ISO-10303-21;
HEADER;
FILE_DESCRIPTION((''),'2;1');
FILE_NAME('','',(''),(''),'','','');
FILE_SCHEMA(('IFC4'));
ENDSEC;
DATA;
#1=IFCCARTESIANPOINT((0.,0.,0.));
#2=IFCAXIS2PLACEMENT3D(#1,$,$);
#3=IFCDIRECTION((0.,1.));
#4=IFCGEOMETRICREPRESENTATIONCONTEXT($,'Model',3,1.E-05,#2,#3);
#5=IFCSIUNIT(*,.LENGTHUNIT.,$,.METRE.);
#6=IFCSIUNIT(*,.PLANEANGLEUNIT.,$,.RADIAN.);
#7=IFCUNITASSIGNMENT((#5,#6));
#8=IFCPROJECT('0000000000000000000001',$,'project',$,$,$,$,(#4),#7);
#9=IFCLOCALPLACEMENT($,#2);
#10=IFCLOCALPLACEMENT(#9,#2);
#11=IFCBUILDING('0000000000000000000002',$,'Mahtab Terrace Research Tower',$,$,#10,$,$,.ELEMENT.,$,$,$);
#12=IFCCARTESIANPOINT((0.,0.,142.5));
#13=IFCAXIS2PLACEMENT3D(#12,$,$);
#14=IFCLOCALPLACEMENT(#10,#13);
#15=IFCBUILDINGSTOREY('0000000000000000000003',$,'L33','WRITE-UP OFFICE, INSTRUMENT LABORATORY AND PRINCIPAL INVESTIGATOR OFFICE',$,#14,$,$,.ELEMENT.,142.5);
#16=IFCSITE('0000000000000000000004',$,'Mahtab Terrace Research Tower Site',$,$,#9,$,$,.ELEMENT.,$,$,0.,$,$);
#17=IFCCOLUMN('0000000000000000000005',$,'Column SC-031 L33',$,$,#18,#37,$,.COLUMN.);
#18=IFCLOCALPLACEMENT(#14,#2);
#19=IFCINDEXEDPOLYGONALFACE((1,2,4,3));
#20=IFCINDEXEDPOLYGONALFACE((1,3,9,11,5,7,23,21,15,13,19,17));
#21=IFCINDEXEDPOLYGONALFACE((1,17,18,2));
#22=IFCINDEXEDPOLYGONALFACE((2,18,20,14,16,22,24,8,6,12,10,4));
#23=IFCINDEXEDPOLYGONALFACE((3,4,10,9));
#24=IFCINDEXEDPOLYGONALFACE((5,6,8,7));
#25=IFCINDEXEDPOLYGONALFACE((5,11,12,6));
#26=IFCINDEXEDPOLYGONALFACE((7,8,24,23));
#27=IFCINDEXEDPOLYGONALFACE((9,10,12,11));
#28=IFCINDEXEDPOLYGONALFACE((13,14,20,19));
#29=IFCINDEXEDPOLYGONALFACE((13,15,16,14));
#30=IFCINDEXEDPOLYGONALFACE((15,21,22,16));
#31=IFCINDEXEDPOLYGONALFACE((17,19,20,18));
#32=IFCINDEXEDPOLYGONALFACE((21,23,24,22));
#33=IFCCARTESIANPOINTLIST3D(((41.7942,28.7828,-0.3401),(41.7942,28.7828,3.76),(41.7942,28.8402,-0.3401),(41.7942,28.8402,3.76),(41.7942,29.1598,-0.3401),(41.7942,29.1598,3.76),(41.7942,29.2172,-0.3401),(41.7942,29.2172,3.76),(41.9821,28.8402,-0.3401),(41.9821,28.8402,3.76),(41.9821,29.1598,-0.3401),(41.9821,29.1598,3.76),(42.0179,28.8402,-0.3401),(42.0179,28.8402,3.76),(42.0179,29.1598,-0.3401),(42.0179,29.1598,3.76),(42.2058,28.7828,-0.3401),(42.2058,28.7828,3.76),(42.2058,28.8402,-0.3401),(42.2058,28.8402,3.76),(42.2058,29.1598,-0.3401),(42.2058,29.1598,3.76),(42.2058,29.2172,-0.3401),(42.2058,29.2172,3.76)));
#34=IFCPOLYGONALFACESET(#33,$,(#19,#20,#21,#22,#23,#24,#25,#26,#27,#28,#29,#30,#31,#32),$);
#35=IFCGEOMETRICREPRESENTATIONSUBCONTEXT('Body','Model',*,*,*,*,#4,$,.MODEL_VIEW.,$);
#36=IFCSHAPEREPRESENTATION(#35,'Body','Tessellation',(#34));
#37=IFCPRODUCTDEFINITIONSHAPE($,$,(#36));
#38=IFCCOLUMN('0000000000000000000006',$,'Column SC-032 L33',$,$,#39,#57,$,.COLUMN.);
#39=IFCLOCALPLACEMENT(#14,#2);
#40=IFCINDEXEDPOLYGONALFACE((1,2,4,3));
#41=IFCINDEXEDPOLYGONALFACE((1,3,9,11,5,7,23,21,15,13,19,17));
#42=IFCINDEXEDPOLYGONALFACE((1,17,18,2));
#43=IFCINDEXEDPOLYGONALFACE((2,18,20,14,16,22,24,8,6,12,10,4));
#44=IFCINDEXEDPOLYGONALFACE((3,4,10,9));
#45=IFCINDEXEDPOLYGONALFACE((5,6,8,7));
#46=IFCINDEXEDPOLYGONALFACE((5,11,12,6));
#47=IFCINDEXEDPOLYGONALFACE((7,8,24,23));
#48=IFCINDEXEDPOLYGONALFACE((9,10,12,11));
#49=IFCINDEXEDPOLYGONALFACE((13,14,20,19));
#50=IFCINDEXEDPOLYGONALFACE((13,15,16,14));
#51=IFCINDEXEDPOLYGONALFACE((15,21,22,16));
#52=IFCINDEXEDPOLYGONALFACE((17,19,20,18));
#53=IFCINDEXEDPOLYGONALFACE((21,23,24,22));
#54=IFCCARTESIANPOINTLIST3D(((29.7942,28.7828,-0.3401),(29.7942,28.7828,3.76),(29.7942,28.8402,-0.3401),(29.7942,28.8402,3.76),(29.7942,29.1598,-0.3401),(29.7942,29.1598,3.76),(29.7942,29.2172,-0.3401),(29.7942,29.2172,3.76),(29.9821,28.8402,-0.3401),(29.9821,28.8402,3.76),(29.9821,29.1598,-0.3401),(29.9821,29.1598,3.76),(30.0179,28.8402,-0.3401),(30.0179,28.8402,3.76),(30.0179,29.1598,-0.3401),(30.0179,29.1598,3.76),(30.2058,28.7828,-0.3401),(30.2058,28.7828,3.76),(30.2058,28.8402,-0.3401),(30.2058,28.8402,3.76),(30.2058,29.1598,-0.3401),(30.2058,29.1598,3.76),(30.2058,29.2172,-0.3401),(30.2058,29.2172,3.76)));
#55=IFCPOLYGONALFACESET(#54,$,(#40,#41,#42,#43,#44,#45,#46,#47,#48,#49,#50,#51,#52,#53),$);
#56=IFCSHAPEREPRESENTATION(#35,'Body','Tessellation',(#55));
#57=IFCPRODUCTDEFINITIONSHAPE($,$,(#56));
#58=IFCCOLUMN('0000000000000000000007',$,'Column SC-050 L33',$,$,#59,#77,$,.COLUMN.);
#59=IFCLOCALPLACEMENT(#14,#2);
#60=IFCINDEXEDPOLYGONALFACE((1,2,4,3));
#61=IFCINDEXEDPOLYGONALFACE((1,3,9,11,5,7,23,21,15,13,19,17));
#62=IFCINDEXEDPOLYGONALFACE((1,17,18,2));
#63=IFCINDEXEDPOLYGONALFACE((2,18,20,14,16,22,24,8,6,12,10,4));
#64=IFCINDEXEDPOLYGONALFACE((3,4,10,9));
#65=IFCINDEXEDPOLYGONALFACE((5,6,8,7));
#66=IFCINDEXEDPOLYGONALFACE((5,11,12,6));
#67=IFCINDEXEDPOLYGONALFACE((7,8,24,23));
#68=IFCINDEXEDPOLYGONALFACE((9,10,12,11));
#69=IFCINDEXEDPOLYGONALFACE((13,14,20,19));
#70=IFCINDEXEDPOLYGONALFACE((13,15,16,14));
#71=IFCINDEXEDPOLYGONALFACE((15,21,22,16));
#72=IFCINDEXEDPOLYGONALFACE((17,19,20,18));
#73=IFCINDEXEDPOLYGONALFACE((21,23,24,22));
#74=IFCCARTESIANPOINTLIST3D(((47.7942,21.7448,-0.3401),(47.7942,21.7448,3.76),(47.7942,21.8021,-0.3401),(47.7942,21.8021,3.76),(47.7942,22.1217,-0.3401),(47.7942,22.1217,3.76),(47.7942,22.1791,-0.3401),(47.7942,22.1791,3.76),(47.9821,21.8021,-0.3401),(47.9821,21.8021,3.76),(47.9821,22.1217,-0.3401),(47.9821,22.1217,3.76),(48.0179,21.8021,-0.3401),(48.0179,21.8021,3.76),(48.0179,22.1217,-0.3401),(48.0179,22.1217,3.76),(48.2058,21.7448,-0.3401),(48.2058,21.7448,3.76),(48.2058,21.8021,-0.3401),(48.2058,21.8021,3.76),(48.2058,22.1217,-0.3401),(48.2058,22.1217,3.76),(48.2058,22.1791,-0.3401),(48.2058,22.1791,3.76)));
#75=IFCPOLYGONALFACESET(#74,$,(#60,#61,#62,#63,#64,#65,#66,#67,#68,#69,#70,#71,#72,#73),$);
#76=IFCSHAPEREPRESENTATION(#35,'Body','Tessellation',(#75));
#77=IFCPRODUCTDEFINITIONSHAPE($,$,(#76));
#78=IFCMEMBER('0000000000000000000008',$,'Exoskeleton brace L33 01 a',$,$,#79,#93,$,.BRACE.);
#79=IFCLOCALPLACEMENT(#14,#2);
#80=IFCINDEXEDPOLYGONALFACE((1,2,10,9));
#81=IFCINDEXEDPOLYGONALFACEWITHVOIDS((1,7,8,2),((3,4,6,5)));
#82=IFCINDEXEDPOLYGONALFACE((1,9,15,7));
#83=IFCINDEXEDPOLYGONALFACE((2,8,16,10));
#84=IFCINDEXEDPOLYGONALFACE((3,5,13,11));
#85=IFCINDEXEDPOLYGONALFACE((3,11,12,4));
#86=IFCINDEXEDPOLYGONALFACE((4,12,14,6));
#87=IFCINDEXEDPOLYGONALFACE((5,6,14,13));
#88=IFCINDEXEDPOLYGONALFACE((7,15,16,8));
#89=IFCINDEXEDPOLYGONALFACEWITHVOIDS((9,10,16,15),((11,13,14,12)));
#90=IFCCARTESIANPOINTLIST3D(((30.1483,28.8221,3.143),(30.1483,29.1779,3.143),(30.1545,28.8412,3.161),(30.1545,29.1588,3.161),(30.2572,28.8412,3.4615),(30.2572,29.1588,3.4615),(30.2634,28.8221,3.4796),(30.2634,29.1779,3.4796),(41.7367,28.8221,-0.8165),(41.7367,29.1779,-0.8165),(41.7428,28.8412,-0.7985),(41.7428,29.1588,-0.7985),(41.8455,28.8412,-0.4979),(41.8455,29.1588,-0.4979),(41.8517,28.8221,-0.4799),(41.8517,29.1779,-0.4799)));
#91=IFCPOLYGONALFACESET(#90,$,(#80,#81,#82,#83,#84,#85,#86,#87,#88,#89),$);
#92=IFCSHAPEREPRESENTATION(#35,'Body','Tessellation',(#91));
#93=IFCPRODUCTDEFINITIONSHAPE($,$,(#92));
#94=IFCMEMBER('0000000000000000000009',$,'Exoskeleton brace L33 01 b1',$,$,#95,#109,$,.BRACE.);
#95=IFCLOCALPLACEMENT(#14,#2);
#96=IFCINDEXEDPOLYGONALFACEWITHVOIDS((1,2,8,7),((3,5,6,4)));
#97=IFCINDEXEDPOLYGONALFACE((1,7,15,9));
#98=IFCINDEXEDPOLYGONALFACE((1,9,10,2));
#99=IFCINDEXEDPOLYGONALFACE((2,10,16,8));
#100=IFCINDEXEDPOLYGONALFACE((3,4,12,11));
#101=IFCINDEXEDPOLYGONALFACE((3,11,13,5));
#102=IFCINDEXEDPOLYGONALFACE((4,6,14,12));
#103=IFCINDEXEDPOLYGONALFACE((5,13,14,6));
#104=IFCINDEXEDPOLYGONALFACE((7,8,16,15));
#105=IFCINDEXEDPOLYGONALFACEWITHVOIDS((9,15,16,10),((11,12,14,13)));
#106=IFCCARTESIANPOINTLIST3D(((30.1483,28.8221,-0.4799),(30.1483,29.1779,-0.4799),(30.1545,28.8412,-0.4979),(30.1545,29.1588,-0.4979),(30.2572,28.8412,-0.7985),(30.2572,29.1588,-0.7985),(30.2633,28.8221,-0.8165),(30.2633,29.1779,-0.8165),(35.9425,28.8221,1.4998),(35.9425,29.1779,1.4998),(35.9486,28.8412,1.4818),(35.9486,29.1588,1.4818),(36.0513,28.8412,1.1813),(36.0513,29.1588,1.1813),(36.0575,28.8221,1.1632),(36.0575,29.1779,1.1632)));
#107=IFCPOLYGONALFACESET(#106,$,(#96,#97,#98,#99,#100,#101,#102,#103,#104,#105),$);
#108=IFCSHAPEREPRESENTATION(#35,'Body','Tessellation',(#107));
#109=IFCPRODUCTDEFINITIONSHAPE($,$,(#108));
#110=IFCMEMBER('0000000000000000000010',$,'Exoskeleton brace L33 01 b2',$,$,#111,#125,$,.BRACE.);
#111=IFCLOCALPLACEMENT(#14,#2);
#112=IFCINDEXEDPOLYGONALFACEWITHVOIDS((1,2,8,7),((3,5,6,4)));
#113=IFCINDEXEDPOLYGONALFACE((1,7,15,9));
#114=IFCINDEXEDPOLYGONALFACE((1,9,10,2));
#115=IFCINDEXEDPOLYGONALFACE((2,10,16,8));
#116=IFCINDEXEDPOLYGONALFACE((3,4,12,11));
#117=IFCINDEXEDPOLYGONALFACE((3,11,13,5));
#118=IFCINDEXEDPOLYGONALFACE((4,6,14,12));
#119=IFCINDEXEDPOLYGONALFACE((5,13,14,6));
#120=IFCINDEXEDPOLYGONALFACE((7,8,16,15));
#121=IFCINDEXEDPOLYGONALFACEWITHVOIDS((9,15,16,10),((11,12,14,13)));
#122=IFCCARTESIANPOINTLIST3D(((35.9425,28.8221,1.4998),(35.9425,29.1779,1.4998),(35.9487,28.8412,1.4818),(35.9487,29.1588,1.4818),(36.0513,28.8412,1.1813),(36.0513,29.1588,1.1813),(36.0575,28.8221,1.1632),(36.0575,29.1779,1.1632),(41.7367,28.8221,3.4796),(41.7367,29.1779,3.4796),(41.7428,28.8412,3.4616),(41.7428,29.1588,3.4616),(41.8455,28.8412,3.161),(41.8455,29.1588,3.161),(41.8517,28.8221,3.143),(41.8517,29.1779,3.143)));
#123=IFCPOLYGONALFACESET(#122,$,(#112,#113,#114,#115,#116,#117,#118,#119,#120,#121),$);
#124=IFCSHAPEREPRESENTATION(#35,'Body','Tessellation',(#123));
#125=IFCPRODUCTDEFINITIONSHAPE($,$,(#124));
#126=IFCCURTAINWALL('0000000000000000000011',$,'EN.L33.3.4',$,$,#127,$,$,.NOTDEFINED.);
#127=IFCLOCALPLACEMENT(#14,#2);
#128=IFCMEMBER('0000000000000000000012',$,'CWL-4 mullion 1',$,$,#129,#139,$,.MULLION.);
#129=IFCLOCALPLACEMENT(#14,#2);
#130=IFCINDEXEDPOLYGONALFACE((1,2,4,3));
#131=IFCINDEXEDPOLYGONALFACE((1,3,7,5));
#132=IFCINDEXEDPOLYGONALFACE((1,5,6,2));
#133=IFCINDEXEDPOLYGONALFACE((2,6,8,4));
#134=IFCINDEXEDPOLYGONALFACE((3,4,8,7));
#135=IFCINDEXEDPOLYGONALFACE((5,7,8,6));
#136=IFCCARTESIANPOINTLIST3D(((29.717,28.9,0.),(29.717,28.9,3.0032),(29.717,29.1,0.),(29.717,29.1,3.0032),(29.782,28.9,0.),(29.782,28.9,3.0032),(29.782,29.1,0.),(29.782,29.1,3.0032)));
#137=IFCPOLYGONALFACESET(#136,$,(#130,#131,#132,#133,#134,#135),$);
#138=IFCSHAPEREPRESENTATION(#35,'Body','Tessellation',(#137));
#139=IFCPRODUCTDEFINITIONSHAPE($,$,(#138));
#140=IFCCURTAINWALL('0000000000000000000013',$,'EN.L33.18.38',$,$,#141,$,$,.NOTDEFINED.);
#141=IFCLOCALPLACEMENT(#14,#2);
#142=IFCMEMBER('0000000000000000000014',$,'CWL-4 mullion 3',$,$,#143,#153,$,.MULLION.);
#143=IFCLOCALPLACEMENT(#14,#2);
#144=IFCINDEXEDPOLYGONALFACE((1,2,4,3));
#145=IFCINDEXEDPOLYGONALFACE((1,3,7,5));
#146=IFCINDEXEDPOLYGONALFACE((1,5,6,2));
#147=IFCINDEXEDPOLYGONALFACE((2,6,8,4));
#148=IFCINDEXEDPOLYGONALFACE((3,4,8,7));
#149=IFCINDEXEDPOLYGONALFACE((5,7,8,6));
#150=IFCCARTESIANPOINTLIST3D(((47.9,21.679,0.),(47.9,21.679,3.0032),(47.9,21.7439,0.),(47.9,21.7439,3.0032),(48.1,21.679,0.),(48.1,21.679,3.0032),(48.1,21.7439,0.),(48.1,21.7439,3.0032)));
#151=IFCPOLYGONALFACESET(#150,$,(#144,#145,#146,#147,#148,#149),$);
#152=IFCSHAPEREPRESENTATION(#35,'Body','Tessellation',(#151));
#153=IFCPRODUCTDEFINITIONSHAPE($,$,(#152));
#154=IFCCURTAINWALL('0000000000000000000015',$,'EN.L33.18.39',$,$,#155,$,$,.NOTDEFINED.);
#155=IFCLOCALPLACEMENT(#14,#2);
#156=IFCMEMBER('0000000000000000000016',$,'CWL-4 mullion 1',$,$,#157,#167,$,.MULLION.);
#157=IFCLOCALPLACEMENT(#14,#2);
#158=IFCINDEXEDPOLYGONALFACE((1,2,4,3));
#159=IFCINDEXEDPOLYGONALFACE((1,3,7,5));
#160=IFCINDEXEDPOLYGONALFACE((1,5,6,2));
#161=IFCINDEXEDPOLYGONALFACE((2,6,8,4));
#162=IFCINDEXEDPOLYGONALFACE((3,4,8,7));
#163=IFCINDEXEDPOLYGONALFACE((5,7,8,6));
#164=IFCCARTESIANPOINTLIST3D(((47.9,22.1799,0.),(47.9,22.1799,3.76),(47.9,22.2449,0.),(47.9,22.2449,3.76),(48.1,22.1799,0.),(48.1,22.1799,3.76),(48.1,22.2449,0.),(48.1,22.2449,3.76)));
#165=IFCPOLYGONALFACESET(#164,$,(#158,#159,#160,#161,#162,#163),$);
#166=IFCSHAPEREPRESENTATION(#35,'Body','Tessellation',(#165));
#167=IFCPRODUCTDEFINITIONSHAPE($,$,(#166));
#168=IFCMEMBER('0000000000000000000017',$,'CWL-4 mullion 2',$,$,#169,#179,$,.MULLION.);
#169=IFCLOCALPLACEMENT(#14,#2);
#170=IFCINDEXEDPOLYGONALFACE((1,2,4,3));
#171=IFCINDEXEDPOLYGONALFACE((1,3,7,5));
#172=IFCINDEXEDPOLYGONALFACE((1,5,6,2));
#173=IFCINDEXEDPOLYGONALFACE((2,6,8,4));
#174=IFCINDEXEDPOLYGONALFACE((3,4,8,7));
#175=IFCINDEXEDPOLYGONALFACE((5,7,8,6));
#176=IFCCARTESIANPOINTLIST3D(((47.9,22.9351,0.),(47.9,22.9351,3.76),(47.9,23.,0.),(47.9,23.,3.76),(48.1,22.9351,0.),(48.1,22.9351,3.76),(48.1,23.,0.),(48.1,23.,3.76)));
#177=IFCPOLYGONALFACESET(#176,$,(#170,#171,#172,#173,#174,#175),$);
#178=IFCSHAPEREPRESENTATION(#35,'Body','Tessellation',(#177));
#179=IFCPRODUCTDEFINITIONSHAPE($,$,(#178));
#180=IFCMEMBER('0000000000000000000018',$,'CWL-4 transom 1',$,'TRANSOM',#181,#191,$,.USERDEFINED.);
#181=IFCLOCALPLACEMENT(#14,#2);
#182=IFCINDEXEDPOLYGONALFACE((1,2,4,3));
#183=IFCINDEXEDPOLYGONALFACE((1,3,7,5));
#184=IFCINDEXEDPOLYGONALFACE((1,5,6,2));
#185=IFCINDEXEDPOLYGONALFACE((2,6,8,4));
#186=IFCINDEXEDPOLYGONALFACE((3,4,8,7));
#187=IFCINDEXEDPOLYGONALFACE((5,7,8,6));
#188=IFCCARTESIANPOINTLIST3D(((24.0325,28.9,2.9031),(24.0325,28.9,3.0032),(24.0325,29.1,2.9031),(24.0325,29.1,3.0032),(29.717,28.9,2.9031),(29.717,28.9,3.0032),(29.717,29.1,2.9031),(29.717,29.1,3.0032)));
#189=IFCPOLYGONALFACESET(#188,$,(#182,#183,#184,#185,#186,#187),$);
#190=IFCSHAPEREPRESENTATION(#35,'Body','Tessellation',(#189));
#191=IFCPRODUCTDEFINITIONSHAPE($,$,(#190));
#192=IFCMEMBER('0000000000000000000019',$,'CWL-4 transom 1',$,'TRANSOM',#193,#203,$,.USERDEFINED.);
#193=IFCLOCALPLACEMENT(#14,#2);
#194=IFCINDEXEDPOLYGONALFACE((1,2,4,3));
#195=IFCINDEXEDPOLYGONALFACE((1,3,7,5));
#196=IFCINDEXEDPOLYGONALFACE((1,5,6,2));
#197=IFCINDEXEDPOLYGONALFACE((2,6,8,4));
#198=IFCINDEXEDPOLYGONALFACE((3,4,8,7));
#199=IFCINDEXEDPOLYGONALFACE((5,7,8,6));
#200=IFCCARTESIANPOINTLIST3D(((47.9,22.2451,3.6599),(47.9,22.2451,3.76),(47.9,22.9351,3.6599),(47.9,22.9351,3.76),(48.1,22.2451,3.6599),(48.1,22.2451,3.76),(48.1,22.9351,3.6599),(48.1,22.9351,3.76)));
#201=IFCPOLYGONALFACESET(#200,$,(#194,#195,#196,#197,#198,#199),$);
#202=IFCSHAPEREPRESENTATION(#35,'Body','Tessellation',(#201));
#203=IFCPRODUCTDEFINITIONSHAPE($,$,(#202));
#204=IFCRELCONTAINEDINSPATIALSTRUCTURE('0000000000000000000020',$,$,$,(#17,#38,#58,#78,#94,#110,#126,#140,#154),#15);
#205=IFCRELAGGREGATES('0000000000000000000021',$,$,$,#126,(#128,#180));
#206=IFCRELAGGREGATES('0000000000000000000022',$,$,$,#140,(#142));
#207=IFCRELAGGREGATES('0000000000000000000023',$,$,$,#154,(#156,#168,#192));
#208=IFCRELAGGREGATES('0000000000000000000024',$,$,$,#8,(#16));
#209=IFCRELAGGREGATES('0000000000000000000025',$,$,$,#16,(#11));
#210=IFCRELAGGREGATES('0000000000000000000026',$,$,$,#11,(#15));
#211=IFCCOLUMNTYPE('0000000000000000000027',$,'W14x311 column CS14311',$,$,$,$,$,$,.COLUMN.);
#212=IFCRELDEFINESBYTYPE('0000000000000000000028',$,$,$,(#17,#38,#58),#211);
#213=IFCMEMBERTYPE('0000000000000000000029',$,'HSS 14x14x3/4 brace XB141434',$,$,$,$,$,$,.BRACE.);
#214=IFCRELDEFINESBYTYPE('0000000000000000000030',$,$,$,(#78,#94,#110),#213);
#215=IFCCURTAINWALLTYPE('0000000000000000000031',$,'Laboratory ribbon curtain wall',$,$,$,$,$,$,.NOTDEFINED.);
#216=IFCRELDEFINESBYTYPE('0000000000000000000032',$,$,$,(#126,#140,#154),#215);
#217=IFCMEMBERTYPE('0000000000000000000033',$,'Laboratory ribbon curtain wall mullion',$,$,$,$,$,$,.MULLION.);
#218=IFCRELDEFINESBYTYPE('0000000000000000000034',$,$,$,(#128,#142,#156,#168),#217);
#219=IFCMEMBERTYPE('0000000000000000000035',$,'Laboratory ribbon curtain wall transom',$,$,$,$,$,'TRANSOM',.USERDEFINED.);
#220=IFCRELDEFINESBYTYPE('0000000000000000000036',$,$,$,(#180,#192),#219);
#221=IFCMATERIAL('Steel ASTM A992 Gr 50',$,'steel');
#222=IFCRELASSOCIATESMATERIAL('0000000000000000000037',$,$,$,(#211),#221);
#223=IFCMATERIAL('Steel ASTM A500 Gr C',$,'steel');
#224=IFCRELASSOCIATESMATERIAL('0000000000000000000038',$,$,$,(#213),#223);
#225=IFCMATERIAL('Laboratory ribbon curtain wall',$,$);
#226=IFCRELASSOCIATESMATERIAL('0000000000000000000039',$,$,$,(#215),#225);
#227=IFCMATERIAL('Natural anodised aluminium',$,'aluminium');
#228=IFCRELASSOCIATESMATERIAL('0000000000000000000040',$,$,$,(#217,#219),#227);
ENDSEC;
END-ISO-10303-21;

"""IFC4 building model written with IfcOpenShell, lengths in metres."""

from ifc_helpers import new_model, si_unit, direction, frame, origin, origin_2d, place, context, subcontext, project, spatial, rectangle, hollow_rectangle, i_section, extrude, material, material_profile, profile_set, type_object, element, aggregate, save


model = new_model("IFC4")

# Units and contexts
model_context = context("Model", 3, precision=1e-05, world=origin(), true_north=direction((0.0, 1.0)))
body_context = subcontext(model_context, "Body", "Model", "MODEL_VIEW")
ifc_project = project(units=[si_unit("LENGTHUNIT", "METRE"), si_unit("PLANEANGLEUNIT", "RADIAN")], contexts=[model_context])

# Site, building, storey
site_placement = place(None, origin())
site = spatial("IfcSite", under=ifc_project, at=site_placement, Name="Mahtab Terrace Research Tower Site", CompositionType="ELEMENT", RefElevation=0.0)
building_placement = place(site_placement, origin())
building = spatial("IfcBuilding", under=site, at=building_placement, Name="Mahtab Terrace Research Tower", CompositionType="ELEMENT")
storey_placement = place(building_placement, frame((0.0, 0.0, 142.5)))
storey = spatial("IfcBuildingStorey", under=building, at=storey_placement, Name="L33", Description="WRITE-UP OFFICE, INSTRUMENT LABORATORY AND PRINCIPAL INVESTIGATOR OFFICE", CompositionType="ELEMENT", Elevation=142.5)

# Columns
ifc_material_1 = material(Name="Steel ASTM A992 Gr 50", Category="steel")
ifc_material_profile_1 = material_profile(ifc_material_1, i_section(OverallWidth=0.4116, OverallDepth=0.4343, WebThickness=0.0359, FlangeThickness=0.0574, at=origin_2d()), Name="W14X311")
ifc_profile_set_1 = profile_set([ifc_material_profile_1], Name="Steel ASTM A992 Gr 50")
column_type = type_object("IfcColumnType", Name="W14x311 column CS14311", PredefinedType="COLUMN", material=ifc_profile_set_1)
for number, where, z_axis, x_axis, name in (
    (1, (42.0, 29.0, -0.3401), (0.0, 0.0, 1.0), (1.0, 0.0, 0.0), "Column SC-031 L33"),
    (2, (30.0, 29.0, -0.3401), (0.0, 0.0, 1.0), (1.0, 0.0, 0.0), "Column SC-032 L33"),
    (3, (48.0, 21.9619, -0.3401), (0.0, 0.0, 1.0), (1.0, 0.0, 0.0), "Column SC-050 L33"),
):
    element("IfcColumn", number, at=place(storey_placement, frame(where, z_axis=z_axis, x_axis=x_axis)), inside=storey, type_object=column_type, Name=name, PredefinedType="COLUMN", context=body_context, shape_type="SweptSolid", body=[
        extrude(i_section(OverallWidth=0.4116, OverallDepth=0.4343, WebThickness=0.0359, FlangeThickness=0.0574, at=origin_2d()), origin(), (0.0, 0.0, 1.0), 4.1001),
    ])

# Members
ifc_material_2 = material(Name="Steel ASTM A500 Gr C", Category="steel")
ifc_material_profile_2 = material_profile(ifc_material_2, hollow_rectangle(XDim=0.3557, YDim=0.3557, WallThickness=0.019, at=origin_2d()), Name="HSS14X14X3/4")
ifc_profile_set_2 = profile_set([ifc_material_profile_2], Name="Steel ASTM A500 Gr C")
member_type_1 = type_object("IfcMemberType", Name="HSS 14x14x3/4 brace XB141434", PredefinedType="BRACE", material=ifc_profile_set_2)
member_1_placement = place(storey_placement, frame((41.7942, 29.0, -0.6482), z_axis=(-0.946288, 0.0, 0.323324), x_axis=(0.0, -1.0, 0.0)))
element("IfcMember", 4, at=member_1_placement, inside=storey, type_object=member_type_1, Name="Exoskeleton brace L33 01 a", PredefinedType="BRACE", context=body_context, shape_type="SweptSolid", body=[
    extrude(hollow_rectangle(XDim=0.3557, YDim=0.3557, WallThickness=0.019, at=origin_2d()), origin(), (0.0, 0.0, 1.0), 12.2461),
])
for number, where, z_axis, x_axis, name in (
    (5, (30.2058, 29.0, -0.6482), (0.946288, 0.0, 0.323324), (0.0, 1.0, 0.0), "Exoskeleton brace L33 01 b1"),
    (6, (36.0, 29.0, 1.3315), (0.946288, 0.0, 0.323324), (0.0, 1.0, 0.0), "Exoskeleton brace L33 01 b2"),
):
    element("IfcMember", number, at=place(storey_placement, frame(where, z_axis=z_axis, x_axis=x_axis)), inside=storey, type_object=member_type_1, Name=name, PredefinedType="BRACE", context=body_context, shape_type="SweptSolid", body=[
        extrude(hollow_rectangle(XDim=0.3557, YDim=0.3557, WallThickness=0.019, at=origin_2d()), origin(), (0.0, 0.0, 1.0), 6.123),
    ])

# Curtain walls, members
ifc_material_3 = material(Name="Laboratory ribbon curtain wall")
curtain_wall_type = type_object("IfcCurtainWallType", Name="Laboratory ribbon curtain wall", PredefinedType="NOTDEFINED", material=ifc_material_3)
curtain_wall_1_placement = place(storey_placement, origin())
curtain_wall_1 = element("IfcCurtainWall", 7, at=curtain_wall_1_placement, inside=storey, type_object=curtain_wall_type, Name="EN.L33.3.4", PredefinedType="NOTDEFINED")
ifc_material_4 = material(Name="Natural anodised aluminium", Category="aluminium")
ifc_material_profile_3 = material_profile(ifc_material_4, rectangle(XDim=0.2, YDim=0.0649, at=origin_2d()), Name="MULLION 65x200")
ifc_profile_set_3 = profile_set([ifc_material_profile_3], Name="Natural anodised aluminium")
member_type_2 = type_object("IfcMemberType", Name="Laboratory ribbon curtain wall mullion", PredefinedType="MULLION", material=ifc_profile_set_3)
member_2_placement = place(storey_placement, frame((29.7495, 29.0, 0.0), z_axis=(0.0, 0.0, 1.0), x_axis=(0.0, -1.0, 0.0)))
member_2 = element("IfcMember", 8, at=member_2_placement, type_object=member_type_2, Name="CWL-4 mullion 1", PredefinedType="MULLION", context=body_context, shape_type="SweptSolid", body=[
    extrude(rectangle(XDim=0.2, YDim=0.0649, at=origin_2d()), origin(), (0.0, 0.0, 1.0), 3.0032),
])
curtain_wall_2_placement = place(storey_placement, origin())
curtain_wall_2 = element("IfcCurtainWall", 9, at=curtain_wall_2_placement, inside=storey, type_object=curtain_wall_type, Name="EN.L33.18.38", PredefinedType="NOTDEFINED")
member_3_placement = place(storey_placement, frame((48.0, 21.7114, 0.0), z_axis=(0.0, 0.0, 1.0), x_axis=(-1.0, 0.0, 0.0)))
member_3 = element("IfcMember", 10, at=member_3_placement, type_object=member_type_2, Name="CWL-4 mullion 3", PredefinedType="MULLION", context=body_context, shape_type="SweptSolid", body=[
    extrude(rectangle(XDim=0.2, YDim=0.0649, at=origin_2d()), origin(), (0.0, 0.0, 1.0), 3.0032),
])

# Curtain wall, members
curtain_wall_3_placement = place(storey_placement, origin())
curtain_wall_3 = element("IfcCurtainWall", 11, at=curtain_wall_3_placement, inside=storey, type_object=curtain_wall_type, Name="EN.L33.18.39", PredefinedType="NOTDEFINED")
member_4_placement = place(storey_placement, frame((48.0, 22.2124, 0.0), z_axis=(0.0, 0.0, 1.0), x_axis=(-1.0, 0.0, 0.0)))
member_4 = element("IfcMember", 12, at=member_4_placement, type_object=member_type_2, Name="CWL-4 mullion 1", PredefinedType="MULLION", context=body_context, shape_type="SweptSolid", body=[
    extrude(rectangle(XDim=0.2, YDim=0.0649, at=origin_2d()), origin(), (0.0, 0.0, 1.0), 3.76),
])
member_5_placement = place(storey_placement, frame((48.0, 22.9675, 0.0), z_axis=(0.0, 0.0, 1.0), x_axis=(-1.0, 0.0, 0.0)))
member_5 = element("IfcMember", 13, at=member_5_placement, type_object=member_type_2, Name="CWL-4 mullion 2", PredefinedType="MULLION", context=body_context, shape_type="SweptSolid", body=[
    extrude(rectangle(XDim=0.2, YDim=0.0649, at=origin_2d()), origin(), (0.0, 0.0, 1.0), 3.76),
])

# Members
ifc_material_profile_4 = material_profile(ifc_material_4, rectangle(XDim=0.2, YDim=0.1001, at=origin_2d()), Name="TRANSOM 100x200")
ifc_profile_set_4 = profile_set([ifc_material_profile_4], Name="Natural anodised aluminium")
member_type_3 = type_object("IfcMemberType", Name="Laboratory ribbon curtain wall transom", ElementType="TRANSOM", PredefinedType="USERDEFINED", material=ifc_profile_set_4)
member_6_placement = place(storey_placement, frame((29.717, 29.0, 2.9531), z_axis=(-1.0, 0.0, 0.0), x_axis=(0.0, -1.0, 0.0)))
member_6 = element("IfcMember", 14, at=member_6_placement, type_object=member_type_3, Name="CWL-4 transom 1", ObjectType="TRANSOM", PredefinedType="USERDEFINED", context=body_context, shape_type="SweptSolid", body=[
    extrude(rectangle(XDim=0.2, YDim=0.1001, at=origin_2d()), origin(), (0.0, 0.0, 1.0), 5.6846),
])
member_7_placement = place(storey_placement, frame((48.0, 22.2451, 3.71), z_axis=(0.0, 1.0, 0.0), x_axis=(-1.0, 0.0, 0.0)))
member_7 = element("IfcMember", 15, at=member_7_placement, type_object=member_type_3, Name="CWL-4 transom 1", ObjectType="TRANSOM", PredefinedType="USERDEFINED", context=body_context, shape_type="SweptSolid", body=[
    extrude(rectangle(XDim=0.2, YDim=0.1001, at=origin_2d()), origin(), (0.0, 0.0, 1.0), 0.6899),
])

aggregate(curtain_wall_1, [member_2, member_6])
aggregate(curtain_wall_2, [member_3])
aggregate(curtain_wall_3, [member_4, member_5, member_7])

save(model, "model.ifc")
